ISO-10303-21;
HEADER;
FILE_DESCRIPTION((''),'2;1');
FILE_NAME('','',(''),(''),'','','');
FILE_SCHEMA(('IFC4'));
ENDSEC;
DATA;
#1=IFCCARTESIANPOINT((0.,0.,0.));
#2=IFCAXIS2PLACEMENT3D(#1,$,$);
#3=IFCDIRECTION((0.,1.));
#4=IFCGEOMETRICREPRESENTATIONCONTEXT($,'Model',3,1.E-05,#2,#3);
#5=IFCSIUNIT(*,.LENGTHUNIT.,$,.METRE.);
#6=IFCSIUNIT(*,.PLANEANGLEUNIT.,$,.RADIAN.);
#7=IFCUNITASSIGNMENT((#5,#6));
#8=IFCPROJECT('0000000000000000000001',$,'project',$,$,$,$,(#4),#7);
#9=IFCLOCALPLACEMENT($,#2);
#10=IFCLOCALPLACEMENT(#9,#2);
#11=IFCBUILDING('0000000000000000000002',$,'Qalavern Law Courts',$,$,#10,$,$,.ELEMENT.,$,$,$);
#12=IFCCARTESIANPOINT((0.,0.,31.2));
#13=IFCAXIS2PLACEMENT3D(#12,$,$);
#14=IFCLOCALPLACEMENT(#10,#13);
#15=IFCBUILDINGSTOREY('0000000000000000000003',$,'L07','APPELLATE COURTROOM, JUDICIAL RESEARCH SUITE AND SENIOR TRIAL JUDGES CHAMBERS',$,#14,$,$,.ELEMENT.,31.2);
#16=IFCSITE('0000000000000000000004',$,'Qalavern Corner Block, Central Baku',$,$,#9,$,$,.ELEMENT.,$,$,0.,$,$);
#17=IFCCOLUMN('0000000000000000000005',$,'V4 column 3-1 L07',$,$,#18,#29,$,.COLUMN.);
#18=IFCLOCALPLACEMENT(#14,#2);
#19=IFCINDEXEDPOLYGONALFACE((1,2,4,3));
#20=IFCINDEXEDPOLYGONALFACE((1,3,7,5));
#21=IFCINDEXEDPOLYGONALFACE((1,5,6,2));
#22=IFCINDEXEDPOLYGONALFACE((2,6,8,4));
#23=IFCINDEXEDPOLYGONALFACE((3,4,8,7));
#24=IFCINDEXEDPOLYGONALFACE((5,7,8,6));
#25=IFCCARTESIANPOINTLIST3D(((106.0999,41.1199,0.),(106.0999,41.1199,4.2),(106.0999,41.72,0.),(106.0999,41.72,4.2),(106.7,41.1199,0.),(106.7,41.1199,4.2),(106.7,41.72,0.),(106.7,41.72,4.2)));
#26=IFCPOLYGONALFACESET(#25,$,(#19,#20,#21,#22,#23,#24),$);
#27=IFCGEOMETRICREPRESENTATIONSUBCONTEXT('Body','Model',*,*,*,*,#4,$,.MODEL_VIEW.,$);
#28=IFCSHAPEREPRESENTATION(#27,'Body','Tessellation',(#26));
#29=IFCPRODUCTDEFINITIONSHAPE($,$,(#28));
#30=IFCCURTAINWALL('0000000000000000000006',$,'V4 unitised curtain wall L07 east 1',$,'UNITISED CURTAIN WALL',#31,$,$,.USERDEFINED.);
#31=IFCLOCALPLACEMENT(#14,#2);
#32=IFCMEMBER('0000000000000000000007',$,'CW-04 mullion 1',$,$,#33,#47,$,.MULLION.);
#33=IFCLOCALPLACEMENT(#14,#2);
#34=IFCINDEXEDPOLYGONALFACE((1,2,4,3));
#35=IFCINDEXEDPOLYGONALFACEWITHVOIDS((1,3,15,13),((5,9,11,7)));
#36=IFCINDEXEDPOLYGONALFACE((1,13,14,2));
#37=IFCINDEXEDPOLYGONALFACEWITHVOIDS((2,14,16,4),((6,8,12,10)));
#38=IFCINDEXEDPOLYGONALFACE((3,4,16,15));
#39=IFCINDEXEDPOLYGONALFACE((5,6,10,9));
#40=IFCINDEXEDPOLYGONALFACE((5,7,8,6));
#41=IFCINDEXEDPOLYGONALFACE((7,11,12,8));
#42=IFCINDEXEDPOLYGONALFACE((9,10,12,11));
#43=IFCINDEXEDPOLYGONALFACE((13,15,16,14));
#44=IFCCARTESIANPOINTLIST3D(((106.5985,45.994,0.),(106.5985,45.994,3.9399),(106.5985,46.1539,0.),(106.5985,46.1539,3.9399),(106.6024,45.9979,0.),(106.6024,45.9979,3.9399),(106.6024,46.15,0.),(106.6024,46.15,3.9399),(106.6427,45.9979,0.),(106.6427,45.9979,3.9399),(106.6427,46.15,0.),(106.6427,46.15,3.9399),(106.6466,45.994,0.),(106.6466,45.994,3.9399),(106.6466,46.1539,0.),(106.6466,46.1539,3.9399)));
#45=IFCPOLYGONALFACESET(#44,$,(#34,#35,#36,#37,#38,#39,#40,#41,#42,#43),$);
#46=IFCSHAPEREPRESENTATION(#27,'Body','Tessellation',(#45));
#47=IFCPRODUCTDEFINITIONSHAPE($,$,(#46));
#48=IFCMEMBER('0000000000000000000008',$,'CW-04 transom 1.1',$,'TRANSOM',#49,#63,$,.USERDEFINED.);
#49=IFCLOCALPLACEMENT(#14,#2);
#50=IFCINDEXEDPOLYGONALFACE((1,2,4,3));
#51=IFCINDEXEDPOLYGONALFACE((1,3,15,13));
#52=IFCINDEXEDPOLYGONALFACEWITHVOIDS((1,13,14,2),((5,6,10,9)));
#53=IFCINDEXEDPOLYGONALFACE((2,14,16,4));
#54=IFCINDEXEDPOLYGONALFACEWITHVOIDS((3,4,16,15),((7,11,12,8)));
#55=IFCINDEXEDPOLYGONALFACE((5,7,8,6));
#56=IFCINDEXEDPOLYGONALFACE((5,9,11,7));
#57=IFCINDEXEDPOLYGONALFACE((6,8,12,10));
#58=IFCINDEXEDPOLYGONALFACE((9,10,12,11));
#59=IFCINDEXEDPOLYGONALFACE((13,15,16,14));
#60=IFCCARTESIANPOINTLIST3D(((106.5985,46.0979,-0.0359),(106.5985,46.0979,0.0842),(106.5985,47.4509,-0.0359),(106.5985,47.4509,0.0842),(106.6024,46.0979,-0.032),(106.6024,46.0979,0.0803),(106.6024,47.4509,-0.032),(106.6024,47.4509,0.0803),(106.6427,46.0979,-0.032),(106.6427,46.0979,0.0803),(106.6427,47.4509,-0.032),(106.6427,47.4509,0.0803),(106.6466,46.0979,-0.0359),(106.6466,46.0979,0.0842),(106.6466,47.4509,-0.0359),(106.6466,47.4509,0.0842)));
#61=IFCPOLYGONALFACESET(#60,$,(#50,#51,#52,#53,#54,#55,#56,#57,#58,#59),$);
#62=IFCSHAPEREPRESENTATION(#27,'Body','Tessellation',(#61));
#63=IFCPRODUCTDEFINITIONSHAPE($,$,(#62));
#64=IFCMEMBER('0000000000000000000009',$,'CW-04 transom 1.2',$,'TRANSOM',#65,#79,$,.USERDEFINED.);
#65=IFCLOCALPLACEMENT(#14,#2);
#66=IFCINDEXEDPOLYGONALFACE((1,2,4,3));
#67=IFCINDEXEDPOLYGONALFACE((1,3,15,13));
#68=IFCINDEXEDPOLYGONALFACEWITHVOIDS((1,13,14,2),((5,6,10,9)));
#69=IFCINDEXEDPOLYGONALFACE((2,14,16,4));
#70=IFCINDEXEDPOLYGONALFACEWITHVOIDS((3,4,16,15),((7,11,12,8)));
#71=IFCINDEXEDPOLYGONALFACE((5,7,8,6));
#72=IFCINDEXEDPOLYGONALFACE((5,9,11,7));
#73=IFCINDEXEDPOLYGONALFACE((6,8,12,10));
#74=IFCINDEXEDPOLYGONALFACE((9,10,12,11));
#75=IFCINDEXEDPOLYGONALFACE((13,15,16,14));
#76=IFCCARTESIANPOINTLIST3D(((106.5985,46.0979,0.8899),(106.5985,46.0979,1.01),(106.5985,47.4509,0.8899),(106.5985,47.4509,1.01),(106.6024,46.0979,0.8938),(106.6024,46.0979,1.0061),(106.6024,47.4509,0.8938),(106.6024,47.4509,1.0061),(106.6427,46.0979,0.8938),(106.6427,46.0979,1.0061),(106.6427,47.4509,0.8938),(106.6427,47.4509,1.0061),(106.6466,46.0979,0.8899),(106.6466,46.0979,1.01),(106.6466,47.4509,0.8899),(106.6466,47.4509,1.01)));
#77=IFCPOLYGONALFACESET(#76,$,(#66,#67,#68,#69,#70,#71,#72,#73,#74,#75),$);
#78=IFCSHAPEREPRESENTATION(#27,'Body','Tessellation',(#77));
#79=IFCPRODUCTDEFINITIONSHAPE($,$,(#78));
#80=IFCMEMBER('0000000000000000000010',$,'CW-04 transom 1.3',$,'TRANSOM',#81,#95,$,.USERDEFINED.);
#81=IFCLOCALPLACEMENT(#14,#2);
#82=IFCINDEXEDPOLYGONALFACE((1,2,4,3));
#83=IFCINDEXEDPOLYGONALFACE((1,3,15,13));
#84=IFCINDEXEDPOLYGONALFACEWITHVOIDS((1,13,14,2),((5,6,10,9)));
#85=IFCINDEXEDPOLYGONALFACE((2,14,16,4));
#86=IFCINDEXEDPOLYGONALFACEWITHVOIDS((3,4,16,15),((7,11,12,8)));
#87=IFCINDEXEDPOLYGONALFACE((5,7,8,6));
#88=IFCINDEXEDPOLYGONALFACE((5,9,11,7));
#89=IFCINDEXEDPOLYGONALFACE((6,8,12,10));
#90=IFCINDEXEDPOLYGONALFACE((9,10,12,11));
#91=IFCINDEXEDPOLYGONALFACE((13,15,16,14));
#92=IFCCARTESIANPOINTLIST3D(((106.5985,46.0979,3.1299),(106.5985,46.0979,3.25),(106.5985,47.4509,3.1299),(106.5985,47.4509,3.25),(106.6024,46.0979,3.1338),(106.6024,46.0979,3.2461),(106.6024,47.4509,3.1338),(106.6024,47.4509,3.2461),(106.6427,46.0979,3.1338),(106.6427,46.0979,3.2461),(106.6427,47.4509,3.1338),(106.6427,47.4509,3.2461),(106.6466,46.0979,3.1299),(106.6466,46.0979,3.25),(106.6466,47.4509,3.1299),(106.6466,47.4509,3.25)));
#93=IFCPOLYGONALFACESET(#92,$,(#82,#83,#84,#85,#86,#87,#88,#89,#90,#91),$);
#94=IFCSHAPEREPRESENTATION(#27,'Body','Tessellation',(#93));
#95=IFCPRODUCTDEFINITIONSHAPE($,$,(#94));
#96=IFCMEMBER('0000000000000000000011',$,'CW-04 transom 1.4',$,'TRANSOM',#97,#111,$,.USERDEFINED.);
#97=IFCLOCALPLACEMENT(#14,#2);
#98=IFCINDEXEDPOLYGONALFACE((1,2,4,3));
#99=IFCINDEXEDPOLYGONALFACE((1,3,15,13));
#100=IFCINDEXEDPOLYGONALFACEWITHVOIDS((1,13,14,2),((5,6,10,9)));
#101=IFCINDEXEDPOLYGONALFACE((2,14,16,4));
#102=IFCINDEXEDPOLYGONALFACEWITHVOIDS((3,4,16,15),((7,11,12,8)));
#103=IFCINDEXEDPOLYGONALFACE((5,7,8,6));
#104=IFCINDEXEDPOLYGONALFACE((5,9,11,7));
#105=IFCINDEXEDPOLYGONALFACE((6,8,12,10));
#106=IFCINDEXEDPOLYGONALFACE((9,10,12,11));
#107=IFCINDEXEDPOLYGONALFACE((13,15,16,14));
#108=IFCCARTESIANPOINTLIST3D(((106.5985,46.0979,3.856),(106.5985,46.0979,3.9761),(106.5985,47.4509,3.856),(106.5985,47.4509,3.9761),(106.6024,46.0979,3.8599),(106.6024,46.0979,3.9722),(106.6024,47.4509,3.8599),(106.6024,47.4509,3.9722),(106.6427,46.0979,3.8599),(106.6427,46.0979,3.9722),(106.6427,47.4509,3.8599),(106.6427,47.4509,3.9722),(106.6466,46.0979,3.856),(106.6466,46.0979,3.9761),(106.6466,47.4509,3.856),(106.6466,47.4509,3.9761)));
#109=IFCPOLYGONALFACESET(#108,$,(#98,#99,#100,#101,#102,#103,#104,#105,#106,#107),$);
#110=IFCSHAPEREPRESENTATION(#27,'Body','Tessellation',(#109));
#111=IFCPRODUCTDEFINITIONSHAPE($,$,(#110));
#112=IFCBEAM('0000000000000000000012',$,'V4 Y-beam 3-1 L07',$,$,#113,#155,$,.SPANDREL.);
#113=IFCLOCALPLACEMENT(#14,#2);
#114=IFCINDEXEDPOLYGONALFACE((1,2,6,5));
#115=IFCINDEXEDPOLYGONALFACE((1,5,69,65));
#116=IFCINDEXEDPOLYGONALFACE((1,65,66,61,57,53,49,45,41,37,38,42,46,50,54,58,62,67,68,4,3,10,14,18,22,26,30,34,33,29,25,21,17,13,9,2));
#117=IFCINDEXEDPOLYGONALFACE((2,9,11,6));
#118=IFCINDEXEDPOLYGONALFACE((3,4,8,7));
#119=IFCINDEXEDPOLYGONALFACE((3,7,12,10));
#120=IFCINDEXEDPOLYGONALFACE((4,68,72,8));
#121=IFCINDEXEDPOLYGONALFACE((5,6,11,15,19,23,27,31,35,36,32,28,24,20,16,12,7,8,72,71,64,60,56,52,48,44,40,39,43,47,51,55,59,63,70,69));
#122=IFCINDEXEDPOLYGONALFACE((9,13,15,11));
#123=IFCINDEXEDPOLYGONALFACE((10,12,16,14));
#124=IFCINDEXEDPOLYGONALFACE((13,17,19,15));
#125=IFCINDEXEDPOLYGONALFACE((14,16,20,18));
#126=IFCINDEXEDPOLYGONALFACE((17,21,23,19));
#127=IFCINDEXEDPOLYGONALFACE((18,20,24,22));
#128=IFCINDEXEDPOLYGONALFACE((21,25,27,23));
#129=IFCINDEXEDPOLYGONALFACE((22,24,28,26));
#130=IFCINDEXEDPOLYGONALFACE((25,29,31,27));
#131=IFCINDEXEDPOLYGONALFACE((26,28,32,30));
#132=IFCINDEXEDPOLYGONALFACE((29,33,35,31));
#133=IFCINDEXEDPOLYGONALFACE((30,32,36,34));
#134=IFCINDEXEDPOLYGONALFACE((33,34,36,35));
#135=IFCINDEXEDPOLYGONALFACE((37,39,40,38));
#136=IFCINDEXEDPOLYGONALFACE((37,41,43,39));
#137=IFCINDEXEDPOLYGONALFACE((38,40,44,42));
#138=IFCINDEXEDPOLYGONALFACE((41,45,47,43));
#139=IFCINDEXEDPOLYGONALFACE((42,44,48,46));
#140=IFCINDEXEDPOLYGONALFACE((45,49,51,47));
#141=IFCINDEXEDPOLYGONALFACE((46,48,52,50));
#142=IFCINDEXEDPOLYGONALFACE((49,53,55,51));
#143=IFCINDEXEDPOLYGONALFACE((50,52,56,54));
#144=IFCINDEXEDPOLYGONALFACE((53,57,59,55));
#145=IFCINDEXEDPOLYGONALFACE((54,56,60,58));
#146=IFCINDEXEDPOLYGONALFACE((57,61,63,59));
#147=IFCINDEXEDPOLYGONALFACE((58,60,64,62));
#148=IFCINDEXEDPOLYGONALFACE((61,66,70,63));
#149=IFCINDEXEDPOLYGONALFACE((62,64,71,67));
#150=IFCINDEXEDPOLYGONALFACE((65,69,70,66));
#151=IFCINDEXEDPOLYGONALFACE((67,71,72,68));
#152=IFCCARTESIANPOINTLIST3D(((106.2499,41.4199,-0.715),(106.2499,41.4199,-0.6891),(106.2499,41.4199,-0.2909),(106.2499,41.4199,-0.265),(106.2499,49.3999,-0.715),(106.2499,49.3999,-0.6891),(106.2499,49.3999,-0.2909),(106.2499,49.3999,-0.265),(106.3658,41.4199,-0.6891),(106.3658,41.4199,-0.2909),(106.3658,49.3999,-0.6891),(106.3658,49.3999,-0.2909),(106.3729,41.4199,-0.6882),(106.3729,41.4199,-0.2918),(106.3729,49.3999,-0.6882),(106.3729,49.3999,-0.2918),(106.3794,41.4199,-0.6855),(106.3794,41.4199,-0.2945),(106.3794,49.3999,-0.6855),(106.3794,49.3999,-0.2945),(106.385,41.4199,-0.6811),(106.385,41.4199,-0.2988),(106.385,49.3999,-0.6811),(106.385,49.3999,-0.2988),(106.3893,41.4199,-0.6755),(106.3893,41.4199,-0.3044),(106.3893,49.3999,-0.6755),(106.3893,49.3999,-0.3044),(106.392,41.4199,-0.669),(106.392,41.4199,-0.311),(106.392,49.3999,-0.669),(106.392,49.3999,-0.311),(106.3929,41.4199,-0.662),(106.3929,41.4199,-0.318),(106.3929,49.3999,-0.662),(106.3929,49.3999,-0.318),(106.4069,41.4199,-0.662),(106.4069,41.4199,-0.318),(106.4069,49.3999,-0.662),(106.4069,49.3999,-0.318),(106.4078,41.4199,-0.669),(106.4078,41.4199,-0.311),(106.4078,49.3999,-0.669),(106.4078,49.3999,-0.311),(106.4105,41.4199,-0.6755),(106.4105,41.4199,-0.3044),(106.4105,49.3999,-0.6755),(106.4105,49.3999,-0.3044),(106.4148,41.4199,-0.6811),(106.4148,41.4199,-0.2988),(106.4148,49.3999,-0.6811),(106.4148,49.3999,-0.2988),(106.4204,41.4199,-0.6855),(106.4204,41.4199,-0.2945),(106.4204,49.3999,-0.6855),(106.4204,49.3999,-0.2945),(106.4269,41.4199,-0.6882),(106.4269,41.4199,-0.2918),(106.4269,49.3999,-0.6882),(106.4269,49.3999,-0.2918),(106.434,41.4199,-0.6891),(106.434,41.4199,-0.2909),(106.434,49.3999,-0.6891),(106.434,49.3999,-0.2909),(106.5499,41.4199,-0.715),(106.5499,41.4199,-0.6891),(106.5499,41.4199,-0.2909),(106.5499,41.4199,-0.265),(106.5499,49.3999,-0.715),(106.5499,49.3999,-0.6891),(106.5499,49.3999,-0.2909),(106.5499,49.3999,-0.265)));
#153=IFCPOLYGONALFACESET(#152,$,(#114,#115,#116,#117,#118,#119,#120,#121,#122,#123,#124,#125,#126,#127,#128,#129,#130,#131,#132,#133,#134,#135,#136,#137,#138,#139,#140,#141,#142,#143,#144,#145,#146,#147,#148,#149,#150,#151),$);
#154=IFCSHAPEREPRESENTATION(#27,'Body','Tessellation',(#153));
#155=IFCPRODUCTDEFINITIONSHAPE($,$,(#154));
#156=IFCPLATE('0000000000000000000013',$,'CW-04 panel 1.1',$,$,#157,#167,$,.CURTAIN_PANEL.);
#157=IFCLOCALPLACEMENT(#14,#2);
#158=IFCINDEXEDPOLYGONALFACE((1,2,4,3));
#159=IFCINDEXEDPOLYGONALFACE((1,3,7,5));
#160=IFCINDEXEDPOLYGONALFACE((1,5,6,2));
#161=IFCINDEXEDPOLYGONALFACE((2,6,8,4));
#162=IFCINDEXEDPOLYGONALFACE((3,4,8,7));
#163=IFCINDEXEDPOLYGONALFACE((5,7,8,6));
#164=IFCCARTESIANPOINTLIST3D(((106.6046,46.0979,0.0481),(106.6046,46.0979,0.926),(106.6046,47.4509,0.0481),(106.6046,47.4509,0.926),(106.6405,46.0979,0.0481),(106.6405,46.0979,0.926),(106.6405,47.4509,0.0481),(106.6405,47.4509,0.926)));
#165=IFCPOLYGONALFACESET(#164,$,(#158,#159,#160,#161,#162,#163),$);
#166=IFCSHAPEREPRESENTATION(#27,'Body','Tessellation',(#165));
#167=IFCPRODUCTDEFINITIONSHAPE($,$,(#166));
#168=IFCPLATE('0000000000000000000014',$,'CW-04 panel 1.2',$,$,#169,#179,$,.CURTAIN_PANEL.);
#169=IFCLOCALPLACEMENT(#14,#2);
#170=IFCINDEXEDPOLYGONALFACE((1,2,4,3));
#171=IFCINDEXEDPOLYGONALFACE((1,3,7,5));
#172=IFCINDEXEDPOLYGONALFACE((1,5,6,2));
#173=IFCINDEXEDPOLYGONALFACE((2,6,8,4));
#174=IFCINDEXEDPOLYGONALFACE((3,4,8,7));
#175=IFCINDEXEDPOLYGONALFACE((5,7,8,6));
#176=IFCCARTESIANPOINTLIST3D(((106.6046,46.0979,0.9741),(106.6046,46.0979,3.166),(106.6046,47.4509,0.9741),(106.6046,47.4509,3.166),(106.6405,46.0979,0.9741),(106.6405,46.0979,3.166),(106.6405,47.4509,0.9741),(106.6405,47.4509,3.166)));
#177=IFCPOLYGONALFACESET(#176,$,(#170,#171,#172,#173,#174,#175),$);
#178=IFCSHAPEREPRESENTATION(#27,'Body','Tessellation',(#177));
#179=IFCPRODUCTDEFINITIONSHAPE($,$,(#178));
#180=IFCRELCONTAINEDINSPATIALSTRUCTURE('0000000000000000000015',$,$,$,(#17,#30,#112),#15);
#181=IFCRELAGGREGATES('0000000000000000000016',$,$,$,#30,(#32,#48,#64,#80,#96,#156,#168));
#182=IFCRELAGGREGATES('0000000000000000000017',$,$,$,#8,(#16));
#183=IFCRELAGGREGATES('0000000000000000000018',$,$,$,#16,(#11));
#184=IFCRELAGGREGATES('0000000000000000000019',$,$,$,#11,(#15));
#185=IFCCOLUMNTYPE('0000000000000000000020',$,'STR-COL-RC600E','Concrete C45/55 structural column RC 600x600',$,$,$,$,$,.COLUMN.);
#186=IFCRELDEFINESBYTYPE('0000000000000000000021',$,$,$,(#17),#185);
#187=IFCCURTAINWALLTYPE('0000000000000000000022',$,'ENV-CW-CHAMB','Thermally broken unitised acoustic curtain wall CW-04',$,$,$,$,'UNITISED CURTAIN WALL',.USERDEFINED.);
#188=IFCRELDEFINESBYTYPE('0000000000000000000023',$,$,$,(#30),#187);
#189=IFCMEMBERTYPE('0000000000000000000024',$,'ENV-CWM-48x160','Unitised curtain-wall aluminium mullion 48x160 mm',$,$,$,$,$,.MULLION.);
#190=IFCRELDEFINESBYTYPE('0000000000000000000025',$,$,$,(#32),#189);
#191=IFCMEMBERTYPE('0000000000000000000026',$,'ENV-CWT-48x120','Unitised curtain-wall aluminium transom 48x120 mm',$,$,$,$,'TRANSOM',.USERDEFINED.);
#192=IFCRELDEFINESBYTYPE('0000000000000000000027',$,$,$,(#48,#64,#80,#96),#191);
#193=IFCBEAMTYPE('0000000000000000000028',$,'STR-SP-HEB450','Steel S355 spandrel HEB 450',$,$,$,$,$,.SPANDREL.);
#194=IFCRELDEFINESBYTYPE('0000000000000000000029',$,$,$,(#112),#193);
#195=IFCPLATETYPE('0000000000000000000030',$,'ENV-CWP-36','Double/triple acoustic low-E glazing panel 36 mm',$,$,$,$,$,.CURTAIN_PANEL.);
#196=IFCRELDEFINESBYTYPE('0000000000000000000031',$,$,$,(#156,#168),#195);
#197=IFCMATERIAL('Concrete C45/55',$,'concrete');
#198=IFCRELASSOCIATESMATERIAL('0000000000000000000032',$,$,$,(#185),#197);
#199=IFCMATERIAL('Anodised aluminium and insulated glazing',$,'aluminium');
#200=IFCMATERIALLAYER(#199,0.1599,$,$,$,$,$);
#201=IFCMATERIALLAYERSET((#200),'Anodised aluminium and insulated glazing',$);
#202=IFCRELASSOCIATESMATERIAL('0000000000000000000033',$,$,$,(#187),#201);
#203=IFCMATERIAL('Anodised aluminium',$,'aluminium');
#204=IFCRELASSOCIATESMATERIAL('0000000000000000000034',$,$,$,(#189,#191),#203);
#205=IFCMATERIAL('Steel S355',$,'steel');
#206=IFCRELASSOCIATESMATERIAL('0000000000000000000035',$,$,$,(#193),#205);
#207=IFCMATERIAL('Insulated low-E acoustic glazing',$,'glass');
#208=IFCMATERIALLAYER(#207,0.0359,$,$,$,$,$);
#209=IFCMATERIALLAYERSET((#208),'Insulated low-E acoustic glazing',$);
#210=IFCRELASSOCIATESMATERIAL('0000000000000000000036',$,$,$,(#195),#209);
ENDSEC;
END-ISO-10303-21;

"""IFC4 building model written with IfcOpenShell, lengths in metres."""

from ifc_helpers import new_model, si_unit, direction, frame, origin, origin_2d, place, context, subcontext, project, spatial, rectangle, hollow_rectangle, i_section, extrude, material, layer, layer_set, material_profile, profile_set, type_object, element, aggregate, save


model = new_model("IFC4")

# Units and contexts
model_context = context("Model", 3, precision=1e-05, world=origin(), true_north=direction((0.0, 1.0)))
body_context = subcontext(model_context, "Body", "Model", "MODEL_VIEW")
ifc_project = project(units=[si_unit("LENGTHUNIT", "METRE"), si_unit("PLANEANGLEUNIT", "RADIAN")], contexts=[model_context])

# Site, building, storey
site_placement = place(None, origin())
site = spatial("IfcSite", under=ifc_project, at=site_placement, Name="Qalavern Corner Block, Central Baku", CompositionType="ELEMENT", RefElevation=0.0)
building_placement = place(site_placement, origin())
building = spatial("IfcBuilding", under=site, at=building_placement, Name="Qalavern Law Courts", CompositionType="ELEMENT")
storey_placement = place(building_placement, frame((0.0, 0.0, 31.2)))
storey = spatial("IfcBuildingStorey", under=building, at=storey_placement, Name="L07", Description="APPELLATE COURTROOM, JUDICIAL RESEARCH SUITE AND SENIOR TRIAL JUDGES CHAMBERS", CompositionType="ELEMENT", Elevation=31.2)

# Column
ifc_material_1 = material(Name="Concrete C45/55", Category="concrete")
ifc_material_profile_1 = material_profile(ifc_material_1, rectangle(XDim=0.6001, YDim=0.6001, at=origin_2d()), Name="RC 600x600")
ifc_profile_set_1 = profile_set([ifc_material_profile_1], Name="Concrete C45/55")
column_type = type_object("IfcColumnType", Name="STR-COL-RC600E", Description="Concrete C45/55 structural column RC 600x600", PredefinedType="COLUMN", material=ifc_profile_set_1)
column_placement = place(storey_placement, frame((106.3999, 41.4199, 0.0), z_axis=(0.0, 0.0, 1.0), x_axis=(1.0, 0.0, 0.0)))
element("IfcColumn", 1, at=column_placement, inside=storey, type_object=column_type, Name="V4 column 3-1 L07", PredefinedType="COLUMN", context=body_context, shape_type="SweptSolid", body=[
    extrude(rectangle(XDim=0.6001, YDim=0.6001, at=origin_2d()), origin(), (0.0, 0.0, 1.0), 4.2),
])

# Curtain wall, members
ifc_material_2 = material(Name="Anodised aluminium and insulated glazing", Category="aluminium")
ifc_layer_1 = layer(ifc_material_2, 0.1599)
ifc_layer_set_1 = layer_set([ifc_layer_1], Name="Anodised aluminium and insulated glazing")
curtain_wall_type = type_object("IfcCurtainWallType", Name="ENV-CW-CHAMB", Description="Thermally broken unitised acoustic curtain wall CW-04", ElementType="UNITISED CURTAIN WALL", PredefinedType="USERDEFINED", material=ifc_layer_set_1)
curtain_wall_placement = place(storey_placement, origin())
curtain_wall = element("IfcCurtainWall", 2, at=curtain_wall_placement, inside=storey, type_object=curtain_wall_type, Name="V4 unitised curtain wall L07 east 1", ObjectType="UNITISED CURTAIN WALL", PredefinedType="USERDEFINED")
ifc_material_3 = material(Name="Anodised aluminium", Category="aluminium")
ifc_material_profile_2 = material_profile(ifc_material_3, hollow_rectangle(XDim=0.0481, YDim=0.1599, WallThickness=0.0039, at=origin_2d()), Name="ALU MULLION 48x160")
ifc_profile_set_2 = profile_set([ifc_material_profile_2], Name="Anodised aluminium")
member_type_1 = type_object("IfcMemberType", Name="ENV-CWM-48x160", Description="Unitised curtain-wall aluminium mullion 48x160 mm", PredefinedType="MULLION", material=ifc_profile_set_2)
member_1_placement = place(storey_placement, frame((106.6226, 46.074, 0.0), z_axis=(0.0, 0.0, 1.0), x_axis=(-1.0, 0.0, 0.0)))
member_1 = element("IfcMember", 3, at=member_1_placement, type_object=member_type_1, Name="CW-04 mullion 1", PredefinedType="MULLION", context=body_context, shape_type="SweptSolid", body=[
    extrude(hollow_rectangle(XDim=0.0481, YDim=0.1599, WallThickness=0.0039, at=origin_2d()), origin(), (0.0, 0.0, 1.0), 3.9399),
])
ifc_material_profile_3 = material_profile(ifc_material_3, hollow_rectangle(XDim=0.0481, YDim=0.1201, WallThickness=0.0039, at=origin_2d()), Name="ALU TRANSOM 48x120")
ifc_profile_set_3 = profile_set([ifc_material_profile_3], Name="Anodised aluminium")
member_type_2 = type_object("IfcMemberType", Name="ENV-CWT-48x120", Description="Unitised curtain-wall aluminium transom 48x120 mm", ElementType="TRANSOM", PredefinedType="USERDEFINED", material=ifc_profile_set_3)
member_2_placement = place(storey_placement, frame((106.6226, 46.0979, 0.0242), z_axis=(0.0, 1.0, 0.0), x_axis=(-1.0, 0.0, 0.0)))
member_2 = element("IfcMember", 4, at=member_2_placement, type_object=member_type_2, Name="CW-04 transom 1.1", ObjectType="TRANSOM", PredefinedType="USERDEFINED", context=body_context, shape_type="SweptSolid", body=[
    extrude(hollow_rectangle(XDim=0.0481, YDim=0.1201, WallThickness=0.0039, at=origin_2d()), origin(), (0.0, 0.0, 1.0), 1.353),
])
member_3_placement = place(storey_placement, frame((106.6226, 46.0979, 0.95), z_axis=(0.0, 1.0, 0.0), x_axis=(-1.0, 0.0, 0.0)))
member_3 = element("IfcMember", 5, at=member_3_placement, type_object=member_type_2, Name="CW-04 transom 1.2", ObjectType="TRANSOM", PredefinedType="USERDEFINED", context=body_context, shape_type="SweptSolid", body=[
    extrude(hollow_rectangle(XDim=0.0481, YDim=0.1201, WallThickness=0.0039, at=origin_2d()), origin(), (0.0, 0.0, 1.0), 1.353),
])
member_4_placement = place(storey_placement, frame((106.6226, 46.0979, 3.1899), z_axis=(0.0, 1.0, 0.0), x_axis=(-1.0, 0.0, 0.0)))
member_4 = element("IfcMember", 6, at=member_4_placement, type_object=member_type_2, Name="CW-04 transom 1.3", ObjectType="TRANSOM", PredefinedType="USERDEFINED", context=body_context, shape_type="SweptSolid", body=[
    extrude(hollow_rectangle(XDim=0.0481, YDim=0.1201, WallThickness=0.0039, at=origin_2d()), origin(), (0.0, 0.0, 1.0), 1.353),
])
member_5_placement = place(storey_placement, frame((106.6226, 46.0979, 3.916), z_axis=(0.0, 1.0, 0.0), x_axis=(-1.0, 0.0, 0.0)))
member_5 = element("IfcMember", 7, at=member_5_placement, type_object=member_type_2, Name="CW-04 transom 1.4", ObjectType="TRANSOM", PredefinedType="USERDEFINED", context=body_context, shape_type="SweptSolid", body=[
    extrude(hollow_rectangle(XDim=0.0481, YDim=0.1201, WallThickness=0.0039, at=origin_2d()), origin(), (0.0, 0.0, 1.0), 1.353),
])

# Beam
ifc_material_4 = material(Name="Steel S355", Category="steel")
ifc_material_profile_4 = material_profile(ifc_material_4, i_section(OverallWidth=0.3, OverallDepth=0.45, WebThickness=0.0139, FlangeThickness=0.0259, FilletRadius=0.0271, at=origin_2d()), Name="HEB 450")
ifc_profile_set_4 = profile_set([ifc_material_profile_4], Name="Steel S355")
beam_type = type_object("IfcBeamType", Name="STR-SP-HEB450", Description="Steel S355 spandrel HEB 450", PredefinedType="SPANDREL", material=ifc_profile_set_4)
beam_placement = place(storey_placement, frame((106.3999, 41.4199, -0.49), z_axis=(0.0, 1.0, 0.0), x_axis=(-1.0, 0.0, 0.0)))
element("IfcBeam", 8, at=beam_placement, inside=storey, type_object=beam_type, Name="V4 Y-beam 3-1 L07", PredefinedType="SPANDREL", context=body_context, shape_type="SweptSolid", body=[
    extrude(i_section(OverallWidth=0.3, OverallDepth=0.45, WebThickness=0.0139, FlangeThickness=0.0259, FilletRadius=0.0271, at=origin_2d()), origin(), (0.0, 0.0, 1.0), 7.98),
])

# Plates
ifc_material_5 = material(Name="Insulated low-E acoustic glazing", Category="glass")
ifc_layer_2 = layer(ifc_material_5, 0.0359)
ifc_layer_set_2 = layer_set([ifc_layer_2], Name="Insulated low-E acoustic glazing")
plate_type = type_object("IfcPlateType", Name="ENV-CWP-36", Description="Double/triple acoustic low-E glazing panel 36 mm", PredefinedType="CURTAIN_PANEL", material=ifc_layer_set_2)
plate_1_placement = place(storey_placement, frame((106.6226, 46.7744, 0.0481), z_axis=(0.0, 0.0, 1.0), x_axis=(0.0, 1.0, 0.0)))
plate_1 = element("IfcPlate", 9, at=plate_1_placement, type_object=plate_type, Name="CW-04 panel 1.1", PredefinedType="CURTAIN_PANEL", context=body_context, shape_type="SweptSolid", body=[
    extrude(rectangle(XDim=1.353, YDim=0.0359, at=origin_2d()), origin(), (0.0, 0.0, 1.0), 0.8779),
])
plate_2_placement = place(storey_placement, frame((106.6226, 46.7744, 0.9741), z_axis=(0.0, 0.0, 1.0), x_axis=(0.0, 1.0, 0.0)))
plate_2 = element("IfcPlate", 10, at=plate_2_placement, type_object=plate_type, Name="CW-04 panel 1.2", PredefinedType="CURTAIN_PANEL", context=body_context, shape_type="SweptSolid", body=[
    extrude(rectangle(XDim=1.353, YDim=0.0359, at=origin_2d()), origin(), (0.0, 0.0, 1.0), 2.1919),
])
aggregate(curtain_wall, [member_1, member_2, member_3, member_4, member_5, plate_1, plate_2])

save(model, "model.ifc")
